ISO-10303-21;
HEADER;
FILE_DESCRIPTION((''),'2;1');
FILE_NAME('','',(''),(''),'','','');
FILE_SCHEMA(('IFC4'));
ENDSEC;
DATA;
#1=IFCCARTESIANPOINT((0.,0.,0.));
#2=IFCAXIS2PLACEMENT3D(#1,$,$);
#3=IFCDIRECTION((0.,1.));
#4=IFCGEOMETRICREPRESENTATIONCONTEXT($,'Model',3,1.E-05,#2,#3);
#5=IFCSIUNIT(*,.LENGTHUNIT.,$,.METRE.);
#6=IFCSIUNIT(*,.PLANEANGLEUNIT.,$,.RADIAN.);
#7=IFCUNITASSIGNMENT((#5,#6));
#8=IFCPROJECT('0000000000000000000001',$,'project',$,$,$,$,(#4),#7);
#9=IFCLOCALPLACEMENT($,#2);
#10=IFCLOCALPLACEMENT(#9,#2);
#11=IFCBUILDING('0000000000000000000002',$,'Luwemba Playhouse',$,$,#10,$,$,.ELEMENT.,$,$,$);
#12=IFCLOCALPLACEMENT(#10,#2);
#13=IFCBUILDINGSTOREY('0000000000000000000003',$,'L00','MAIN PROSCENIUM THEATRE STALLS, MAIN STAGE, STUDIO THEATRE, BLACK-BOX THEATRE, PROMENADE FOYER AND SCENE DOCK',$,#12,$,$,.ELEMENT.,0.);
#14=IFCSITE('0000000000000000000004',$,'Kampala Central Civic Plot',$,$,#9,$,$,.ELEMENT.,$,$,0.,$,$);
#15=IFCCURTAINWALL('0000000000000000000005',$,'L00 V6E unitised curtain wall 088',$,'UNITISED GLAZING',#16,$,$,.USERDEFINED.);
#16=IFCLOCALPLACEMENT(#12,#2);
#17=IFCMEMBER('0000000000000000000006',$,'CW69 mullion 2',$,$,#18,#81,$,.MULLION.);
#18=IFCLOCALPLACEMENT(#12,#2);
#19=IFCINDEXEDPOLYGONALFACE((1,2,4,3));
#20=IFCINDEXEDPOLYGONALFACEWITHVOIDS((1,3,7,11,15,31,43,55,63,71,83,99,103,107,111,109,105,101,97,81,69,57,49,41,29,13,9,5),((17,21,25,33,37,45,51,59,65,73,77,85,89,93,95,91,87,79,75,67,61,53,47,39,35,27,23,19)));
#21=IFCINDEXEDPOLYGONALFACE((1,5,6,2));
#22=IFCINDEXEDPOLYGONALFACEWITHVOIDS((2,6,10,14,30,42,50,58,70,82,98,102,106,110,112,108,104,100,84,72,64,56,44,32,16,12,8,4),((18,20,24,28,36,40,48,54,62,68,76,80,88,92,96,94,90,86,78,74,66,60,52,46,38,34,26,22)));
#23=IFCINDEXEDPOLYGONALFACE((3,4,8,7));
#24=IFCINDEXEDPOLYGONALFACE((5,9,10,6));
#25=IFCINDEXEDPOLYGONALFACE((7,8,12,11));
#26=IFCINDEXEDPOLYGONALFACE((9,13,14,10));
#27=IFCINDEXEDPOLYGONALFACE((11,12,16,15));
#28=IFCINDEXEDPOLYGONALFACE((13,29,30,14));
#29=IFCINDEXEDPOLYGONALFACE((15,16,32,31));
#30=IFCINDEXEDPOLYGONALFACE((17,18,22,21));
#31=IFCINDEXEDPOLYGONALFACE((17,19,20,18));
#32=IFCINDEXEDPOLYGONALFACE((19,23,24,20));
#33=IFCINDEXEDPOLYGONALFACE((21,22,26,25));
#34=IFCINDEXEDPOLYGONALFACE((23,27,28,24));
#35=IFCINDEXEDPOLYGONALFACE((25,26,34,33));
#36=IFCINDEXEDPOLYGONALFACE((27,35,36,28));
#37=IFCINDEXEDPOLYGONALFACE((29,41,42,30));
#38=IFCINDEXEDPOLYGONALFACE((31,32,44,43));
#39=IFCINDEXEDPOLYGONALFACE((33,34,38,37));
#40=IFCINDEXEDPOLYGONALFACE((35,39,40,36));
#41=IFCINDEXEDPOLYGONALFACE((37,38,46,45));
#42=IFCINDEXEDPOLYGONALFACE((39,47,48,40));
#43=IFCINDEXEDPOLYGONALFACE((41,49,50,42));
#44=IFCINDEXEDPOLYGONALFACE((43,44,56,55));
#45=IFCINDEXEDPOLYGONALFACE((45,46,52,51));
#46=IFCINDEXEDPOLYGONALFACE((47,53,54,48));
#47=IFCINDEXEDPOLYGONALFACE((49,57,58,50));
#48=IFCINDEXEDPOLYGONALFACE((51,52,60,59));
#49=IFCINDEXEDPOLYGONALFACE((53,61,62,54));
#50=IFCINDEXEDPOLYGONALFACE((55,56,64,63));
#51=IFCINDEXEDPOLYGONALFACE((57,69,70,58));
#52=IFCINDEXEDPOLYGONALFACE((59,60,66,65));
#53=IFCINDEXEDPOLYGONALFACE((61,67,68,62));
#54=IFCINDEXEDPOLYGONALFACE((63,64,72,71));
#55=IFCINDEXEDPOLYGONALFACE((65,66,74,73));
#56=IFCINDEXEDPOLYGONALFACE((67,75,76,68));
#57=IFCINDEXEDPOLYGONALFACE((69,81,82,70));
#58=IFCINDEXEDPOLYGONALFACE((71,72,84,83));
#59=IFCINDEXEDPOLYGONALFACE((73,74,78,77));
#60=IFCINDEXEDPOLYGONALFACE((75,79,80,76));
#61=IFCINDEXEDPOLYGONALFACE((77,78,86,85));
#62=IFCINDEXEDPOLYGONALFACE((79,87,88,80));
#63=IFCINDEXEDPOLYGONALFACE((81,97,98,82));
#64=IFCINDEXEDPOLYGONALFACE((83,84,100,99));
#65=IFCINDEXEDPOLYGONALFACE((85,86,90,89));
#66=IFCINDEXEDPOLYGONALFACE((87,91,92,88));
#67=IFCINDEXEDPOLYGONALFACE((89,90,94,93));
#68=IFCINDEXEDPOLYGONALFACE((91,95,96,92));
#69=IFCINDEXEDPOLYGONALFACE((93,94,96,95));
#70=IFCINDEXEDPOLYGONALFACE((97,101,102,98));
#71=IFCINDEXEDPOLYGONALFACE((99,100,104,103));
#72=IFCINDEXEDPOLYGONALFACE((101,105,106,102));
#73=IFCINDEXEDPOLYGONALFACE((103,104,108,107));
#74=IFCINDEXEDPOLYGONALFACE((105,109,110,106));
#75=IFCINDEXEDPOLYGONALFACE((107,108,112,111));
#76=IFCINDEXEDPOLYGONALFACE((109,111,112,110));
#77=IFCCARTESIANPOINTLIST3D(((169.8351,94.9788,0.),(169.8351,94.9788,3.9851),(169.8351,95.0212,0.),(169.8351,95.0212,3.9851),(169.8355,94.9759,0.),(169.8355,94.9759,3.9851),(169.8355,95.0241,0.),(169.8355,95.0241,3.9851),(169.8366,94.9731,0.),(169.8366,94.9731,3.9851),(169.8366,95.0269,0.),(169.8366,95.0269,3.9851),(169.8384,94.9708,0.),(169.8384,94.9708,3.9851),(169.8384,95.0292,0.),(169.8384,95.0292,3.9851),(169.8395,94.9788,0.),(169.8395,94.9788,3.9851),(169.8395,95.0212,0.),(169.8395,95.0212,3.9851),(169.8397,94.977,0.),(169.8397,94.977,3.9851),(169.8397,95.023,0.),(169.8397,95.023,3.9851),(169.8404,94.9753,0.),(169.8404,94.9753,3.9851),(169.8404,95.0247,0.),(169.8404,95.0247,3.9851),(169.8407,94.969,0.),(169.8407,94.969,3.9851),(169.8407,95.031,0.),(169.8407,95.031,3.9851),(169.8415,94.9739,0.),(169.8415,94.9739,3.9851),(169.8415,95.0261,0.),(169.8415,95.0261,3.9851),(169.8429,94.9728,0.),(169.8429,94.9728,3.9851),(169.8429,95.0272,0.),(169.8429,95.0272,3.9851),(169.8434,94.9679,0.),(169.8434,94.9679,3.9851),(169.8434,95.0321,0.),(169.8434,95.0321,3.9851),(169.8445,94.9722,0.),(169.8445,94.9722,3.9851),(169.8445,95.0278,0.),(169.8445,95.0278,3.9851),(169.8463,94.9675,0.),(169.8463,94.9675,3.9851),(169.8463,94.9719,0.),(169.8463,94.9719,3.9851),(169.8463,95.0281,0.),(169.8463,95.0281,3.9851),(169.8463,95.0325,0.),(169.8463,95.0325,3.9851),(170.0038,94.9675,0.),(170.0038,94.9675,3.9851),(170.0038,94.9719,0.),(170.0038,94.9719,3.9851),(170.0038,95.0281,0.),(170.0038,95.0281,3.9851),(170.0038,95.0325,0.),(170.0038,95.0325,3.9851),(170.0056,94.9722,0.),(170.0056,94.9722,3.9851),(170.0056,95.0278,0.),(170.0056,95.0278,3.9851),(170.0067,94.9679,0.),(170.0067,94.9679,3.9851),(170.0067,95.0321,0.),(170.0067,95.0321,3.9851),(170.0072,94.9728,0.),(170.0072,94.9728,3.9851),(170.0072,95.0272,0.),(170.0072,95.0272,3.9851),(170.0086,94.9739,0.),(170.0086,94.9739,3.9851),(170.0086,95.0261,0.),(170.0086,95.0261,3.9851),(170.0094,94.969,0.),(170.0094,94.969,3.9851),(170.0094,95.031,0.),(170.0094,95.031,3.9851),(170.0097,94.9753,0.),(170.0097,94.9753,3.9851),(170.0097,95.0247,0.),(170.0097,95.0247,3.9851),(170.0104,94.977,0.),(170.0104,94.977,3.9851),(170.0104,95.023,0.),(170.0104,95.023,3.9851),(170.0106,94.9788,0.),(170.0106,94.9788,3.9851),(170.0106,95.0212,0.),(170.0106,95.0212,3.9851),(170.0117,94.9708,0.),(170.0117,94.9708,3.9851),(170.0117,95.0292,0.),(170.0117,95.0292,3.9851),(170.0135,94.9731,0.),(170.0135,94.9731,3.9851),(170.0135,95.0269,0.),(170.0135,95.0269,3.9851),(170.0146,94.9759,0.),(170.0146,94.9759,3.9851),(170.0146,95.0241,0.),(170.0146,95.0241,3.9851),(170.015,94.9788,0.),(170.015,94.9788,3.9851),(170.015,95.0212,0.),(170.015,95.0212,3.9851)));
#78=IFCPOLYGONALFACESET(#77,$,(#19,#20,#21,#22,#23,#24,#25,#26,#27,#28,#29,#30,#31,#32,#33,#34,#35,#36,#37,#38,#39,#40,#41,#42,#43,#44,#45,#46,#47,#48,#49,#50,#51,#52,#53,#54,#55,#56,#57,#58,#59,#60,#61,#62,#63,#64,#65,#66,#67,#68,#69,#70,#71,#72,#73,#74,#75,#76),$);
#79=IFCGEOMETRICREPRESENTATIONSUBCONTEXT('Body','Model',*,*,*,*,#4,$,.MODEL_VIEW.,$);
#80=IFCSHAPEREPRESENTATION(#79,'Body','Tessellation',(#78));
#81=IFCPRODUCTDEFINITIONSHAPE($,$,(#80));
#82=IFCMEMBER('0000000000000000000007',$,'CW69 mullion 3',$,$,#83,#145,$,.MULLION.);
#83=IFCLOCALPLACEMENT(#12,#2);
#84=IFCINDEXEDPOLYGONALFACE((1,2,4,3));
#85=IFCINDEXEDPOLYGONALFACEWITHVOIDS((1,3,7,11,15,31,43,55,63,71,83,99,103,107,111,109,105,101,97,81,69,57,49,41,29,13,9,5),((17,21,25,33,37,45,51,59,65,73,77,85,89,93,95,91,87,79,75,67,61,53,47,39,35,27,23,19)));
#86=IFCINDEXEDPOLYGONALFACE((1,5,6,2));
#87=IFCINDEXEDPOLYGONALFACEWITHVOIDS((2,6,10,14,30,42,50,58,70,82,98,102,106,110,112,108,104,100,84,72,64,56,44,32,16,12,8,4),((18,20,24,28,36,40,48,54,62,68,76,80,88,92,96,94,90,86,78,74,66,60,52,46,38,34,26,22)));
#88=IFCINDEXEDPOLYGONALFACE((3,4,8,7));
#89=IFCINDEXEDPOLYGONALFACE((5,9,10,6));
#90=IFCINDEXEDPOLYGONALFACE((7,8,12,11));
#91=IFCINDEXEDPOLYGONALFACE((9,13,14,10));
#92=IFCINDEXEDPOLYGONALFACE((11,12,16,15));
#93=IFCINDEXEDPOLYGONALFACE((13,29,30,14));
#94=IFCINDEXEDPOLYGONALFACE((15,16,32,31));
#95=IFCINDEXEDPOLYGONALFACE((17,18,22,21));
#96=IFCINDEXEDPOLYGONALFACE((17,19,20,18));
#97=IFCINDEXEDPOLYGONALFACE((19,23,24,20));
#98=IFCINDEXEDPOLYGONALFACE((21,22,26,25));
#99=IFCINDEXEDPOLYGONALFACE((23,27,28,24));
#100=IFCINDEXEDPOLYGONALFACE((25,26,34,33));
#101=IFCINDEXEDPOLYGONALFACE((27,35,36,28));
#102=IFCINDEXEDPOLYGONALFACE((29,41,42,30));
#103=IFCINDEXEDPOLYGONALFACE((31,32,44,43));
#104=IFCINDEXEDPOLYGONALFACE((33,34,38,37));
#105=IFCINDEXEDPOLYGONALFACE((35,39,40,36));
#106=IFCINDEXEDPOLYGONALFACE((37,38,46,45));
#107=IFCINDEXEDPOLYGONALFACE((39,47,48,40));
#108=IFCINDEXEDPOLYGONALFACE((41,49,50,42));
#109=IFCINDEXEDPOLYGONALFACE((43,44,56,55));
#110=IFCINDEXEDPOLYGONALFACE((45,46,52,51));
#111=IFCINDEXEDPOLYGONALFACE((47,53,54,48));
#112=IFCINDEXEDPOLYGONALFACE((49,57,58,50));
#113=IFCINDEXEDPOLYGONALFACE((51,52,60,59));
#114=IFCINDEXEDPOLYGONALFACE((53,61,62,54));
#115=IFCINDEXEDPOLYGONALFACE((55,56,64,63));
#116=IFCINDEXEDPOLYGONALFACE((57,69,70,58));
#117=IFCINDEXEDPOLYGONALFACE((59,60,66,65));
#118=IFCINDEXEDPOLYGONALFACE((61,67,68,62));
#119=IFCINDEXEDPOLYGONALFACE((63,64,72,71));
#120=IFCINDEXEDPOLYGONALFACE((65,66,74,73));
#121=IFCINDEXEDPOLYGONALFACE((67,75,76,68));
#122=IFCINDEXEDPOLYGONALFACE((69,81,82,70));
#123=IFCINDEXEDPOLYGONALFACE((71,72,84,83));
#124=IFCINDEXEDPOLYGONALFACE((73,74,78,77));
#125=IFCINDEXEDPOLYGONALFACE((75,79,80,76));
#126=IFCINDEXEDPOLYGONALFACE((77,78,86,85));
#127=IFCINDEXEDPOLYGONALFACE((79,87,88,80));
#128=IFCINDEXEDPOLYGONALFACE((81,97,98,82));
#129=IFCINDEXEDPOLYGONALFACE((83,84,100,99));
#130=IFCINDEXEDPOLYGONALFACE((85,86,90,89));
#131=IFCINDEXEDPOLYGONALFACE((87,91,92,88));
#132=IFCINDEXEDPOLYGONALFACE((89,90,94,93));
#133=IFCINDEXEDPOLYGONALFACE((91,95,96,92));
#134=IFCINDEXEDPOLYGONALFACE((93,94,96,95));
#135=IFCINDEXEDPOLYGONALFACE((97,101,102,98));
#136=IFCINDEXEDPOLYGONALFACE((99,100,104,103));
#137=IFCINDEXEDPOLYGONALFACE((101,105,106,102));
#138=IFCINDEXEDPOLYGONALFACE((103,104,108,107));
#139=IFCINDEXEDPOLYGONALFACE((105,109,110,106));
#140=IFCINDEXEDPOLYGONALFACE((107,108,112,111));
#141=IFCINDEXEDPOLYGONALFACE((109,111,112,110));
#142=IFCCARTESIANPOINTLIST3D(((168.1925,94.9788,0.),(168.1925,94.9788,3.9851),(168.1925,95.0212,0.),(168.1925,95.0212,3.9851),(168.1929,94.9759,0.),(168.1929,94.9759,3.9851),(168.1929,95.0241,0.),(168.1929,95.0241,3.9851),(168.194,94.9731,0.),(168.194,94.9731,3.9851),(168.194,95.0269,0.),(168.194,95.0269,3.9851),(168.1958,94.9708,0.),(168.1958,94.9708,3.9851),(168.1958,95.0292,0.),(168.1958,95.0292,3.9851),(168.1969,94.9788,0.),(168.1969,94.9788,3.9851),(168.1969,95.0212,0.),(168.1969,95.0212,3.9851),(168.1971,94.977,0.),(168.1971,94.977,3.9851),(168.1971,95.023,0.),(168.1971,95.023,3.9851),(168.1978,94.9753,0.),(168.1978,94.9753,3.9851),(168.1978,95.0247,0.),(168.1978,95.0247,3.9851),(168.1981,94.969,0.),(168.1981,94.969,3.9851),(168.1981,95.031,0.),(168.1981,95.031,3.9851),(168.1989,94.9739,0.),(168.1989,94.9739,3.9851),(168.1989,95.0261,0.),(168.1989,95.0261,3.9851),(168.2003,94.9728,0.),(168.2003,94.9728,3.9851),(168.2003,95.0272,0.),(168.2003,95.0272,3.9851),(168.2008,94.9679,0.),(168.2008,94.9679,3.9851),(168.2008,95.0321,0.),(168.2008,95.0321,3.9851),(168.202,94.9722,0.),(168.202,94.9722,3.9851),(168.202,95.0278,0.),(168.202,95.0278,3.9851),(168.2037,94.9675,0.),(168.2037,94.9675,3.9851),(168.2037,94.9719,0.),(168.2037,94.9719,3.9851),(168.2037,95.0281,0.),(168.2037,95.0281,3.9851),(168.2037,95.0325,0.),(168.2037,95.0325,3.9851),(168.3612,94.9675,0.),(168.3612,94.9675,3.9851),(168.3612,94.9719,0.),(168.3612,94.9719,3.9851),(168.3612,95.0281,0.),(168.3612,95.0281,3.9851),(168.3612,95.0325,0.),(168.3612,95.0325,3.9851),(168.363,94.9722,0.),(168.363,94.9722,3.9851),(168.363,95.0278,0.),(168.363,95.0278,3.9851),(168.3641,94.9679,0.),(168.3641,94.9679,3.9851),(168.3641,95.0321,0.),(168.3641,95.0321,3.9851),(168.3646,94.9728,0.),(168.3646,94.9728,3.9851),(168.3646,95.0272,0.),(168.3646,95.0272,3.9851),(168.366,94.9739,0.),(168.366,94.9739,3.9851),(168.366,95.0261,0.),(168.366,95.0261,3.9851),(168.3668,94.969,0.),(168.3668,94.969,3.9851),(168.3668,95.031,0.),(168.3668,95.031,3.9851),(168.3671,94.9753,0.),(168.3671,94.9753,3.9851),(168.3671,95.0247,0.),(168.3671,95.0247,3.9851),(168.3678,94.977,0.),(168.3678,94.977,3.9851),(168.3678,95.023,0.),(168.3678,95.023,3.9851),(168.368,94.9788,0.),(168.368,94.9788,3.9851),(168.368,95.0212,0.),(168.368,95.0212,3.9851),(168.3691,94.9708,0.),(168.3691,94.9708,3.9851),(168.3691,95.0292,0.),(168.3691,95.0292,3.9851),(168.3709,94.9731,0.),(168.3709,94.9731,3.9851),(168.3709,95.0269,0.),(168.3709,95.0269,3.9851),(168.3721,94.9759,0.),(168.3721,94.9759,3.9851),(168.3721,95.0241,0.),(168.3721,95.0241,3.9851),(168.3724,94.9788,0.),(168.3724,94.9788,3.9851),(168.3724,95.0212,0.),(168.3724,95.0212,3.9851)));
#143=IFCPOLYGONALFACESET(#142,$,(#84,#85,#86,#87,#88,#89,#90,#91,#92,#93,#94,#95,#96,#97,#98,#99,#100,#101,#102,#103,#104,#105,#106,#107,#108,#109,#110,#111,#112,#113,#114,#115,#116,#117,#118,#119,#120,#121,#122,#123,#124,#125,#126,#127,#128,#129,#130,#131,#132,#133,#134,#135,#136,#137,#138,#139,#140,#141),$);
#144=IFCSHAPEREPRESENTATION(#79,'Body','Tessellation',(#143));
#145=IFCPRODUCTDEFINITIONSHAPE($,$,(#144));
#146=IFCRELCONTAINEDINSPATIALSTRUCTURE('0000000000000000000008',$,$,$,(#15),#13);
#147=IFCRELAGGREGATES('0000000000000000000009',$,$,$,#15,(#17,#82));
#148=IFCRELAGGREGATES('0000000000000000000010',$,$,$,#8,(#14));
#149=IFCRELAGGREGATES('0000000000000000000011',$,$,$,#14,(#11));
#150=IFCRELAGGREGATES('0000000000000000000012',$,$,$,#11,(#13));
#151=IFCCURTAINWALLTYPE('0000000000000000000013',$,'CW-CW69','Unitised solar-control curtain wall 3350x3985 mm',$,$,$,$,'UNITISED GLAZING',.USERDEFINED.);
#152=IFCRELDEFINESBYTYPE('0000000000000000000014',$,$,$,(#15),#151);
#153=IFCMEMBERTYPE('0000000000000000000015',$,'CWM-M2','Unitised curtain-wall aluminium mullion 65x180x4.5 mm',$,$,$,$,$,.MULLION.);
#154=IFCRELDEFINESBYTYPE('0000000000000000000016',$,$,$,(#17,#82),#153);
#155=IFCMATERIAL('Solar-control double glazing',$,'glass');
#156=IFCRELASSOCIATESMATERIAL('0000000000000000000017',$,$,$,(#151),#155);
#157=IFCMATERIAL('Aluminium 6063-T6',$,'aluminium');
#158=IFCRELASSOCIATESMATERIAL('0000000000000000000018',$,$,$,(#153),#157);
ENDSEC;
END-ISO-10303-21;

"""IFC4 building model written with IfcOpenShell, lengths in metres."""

from ifc_helpers import new_model, si_unit, direction, frame, origin, origin_2d, place, context, subcontext, project, spatial, hollow_rectangle, extrude, material, material_profile, profile_set, type_object, element, aggregate, save


model = new_model("IFC4")

# Units and contexts
model_context = context("Model", 3, precision=1e-05, world=origin(), true_north=direction((0.0, 1.0)))
body_context = subcontext(model_context, "Body", "Model", "MODEL_VIEW")
ifc_project = project(units=[si_unit("LENGTHUNIT", "METRE"), si_unit("PLANEANGLEUNIT", "RADIAN")], contexts=[model_context])

# Site, building, storey
site_placement = place(None, origin())
site = spatial("IfcSite", under=ifc_project, at=site_placement, Name="Kampala Central Civic Plot", CompositionType="ELEMENT", RefElevation=0.0)
building_placement = place(site_placement, origin())
building = spatial("IfcBuilding", under=site, at=building_placement, Name="Luwemba Playhouse", CompositionType="ELEMENT")
storey_placement = place(building_placement, origin())
storey = spatial("IfcBuildingStorey", under=building, at=storey_placement, Name="L00", Description="MAIN PROSCENIUM THEATRE STALLS, MAIN STAGE, STUDIO THEATRE, BLACK-BOX THEATRE, PROMENADE FOYER AND SCENE DOCK", CompositionType="ELEMENT", Elevation=0.0)

# Curtain wall, members
ifc_material_1 = material(Name="Solar-control double glazing", Category="glass")
curtain_wall_type = type_object("IfcCurtainWallType", Name="CW-CW69", Description="Unitised solar-control curtain wall 3350x3985 mm", ElementType="UNITISED GLAZING", PredefinedType="USERDEFINED", material=ifc_material_1)
curtain_wall_placement = place(storey_placement, origin())
curtain_wall = element("IfcCurtainWall", 1, at=curtain_wall_placement, inside=storey, type_object=curtain_wall_type, Name="L00 V6E unitised curtain wall 088", ObjectType="UNITISED GLAZING", PredefinedType="USERDEFINED")
ifc_material_2 = material(Name="Aluminium 6063-T6", Category="aluminium")
ifc_material_profile_1 = material_profile(ifc_material_2, hollow_rectangle(XDim=0.0649, YDim=0.1799, WallThickness=0.0044, InnerFilletRadius=0.0068, OuterFilletRadius=0.0112, at=origin_2d()))
ifc_profile_set_1 = profile_set([ifc_material_profile_1], Name="Aluminium 6063-T6")
member_type_1 = type_object("IfcMemberType", Name="CWM-M2", Description="Unitised curtain-wall aluminium mullion 65x180x4.5 mm", PredefinedType="MULLION", material=ifc_profile_set_1)
member_1_placement = place(storey_placement, frame((169.925, 95.0, 0.0), z_axis=(0.0, 0.0, 1.0), x_axis=(0.0, -1.0, 0.0)))
member_1 = element("IfcMember", 2, at=member_1_placement, type_object=member_type_1, Name="CW69 mullion 2", PredefinedType="MULLION", context=body_context, shape_type="SweptSolid", body=[
    extrude(hollow_rectangle(XDim=0.0649, YDim=0.1799, WallThickness=0.0044, InnerFilletRadius=0.0068, OuterFilletRadius=0.0112, at=origin_2d()), origin(), (0.0, 0.0, 1.0), 3.9851),
])
member_2_placement = place(storey_placement, frame((168.2825, 95.0, 0.0), z_axis=(0.0, 0.0, 1.0), x_axis=(0.0, -1.0, 0.0)))
member_2 = element("IfcMember", 3, at=member_2_placement, type_object=member_type_1, Name="CW69 mullion 3", PredefinedType="MULLION", context=body_context, shape_type="SweptSolid", body=[
    extrude(hollow_rectangle(XDim=0.0649, YDim=0.1799, WallThickness=0.0044, InnerFilletRadius=0.0068, OuterFilletRadius=0.0112, at=origin_2d()), origin(), (0.0, 0.0, 1.0), 3.9851),
])
aggregate(curtain_wall, [member_1, member_2])

save(model, "model.ifc")
